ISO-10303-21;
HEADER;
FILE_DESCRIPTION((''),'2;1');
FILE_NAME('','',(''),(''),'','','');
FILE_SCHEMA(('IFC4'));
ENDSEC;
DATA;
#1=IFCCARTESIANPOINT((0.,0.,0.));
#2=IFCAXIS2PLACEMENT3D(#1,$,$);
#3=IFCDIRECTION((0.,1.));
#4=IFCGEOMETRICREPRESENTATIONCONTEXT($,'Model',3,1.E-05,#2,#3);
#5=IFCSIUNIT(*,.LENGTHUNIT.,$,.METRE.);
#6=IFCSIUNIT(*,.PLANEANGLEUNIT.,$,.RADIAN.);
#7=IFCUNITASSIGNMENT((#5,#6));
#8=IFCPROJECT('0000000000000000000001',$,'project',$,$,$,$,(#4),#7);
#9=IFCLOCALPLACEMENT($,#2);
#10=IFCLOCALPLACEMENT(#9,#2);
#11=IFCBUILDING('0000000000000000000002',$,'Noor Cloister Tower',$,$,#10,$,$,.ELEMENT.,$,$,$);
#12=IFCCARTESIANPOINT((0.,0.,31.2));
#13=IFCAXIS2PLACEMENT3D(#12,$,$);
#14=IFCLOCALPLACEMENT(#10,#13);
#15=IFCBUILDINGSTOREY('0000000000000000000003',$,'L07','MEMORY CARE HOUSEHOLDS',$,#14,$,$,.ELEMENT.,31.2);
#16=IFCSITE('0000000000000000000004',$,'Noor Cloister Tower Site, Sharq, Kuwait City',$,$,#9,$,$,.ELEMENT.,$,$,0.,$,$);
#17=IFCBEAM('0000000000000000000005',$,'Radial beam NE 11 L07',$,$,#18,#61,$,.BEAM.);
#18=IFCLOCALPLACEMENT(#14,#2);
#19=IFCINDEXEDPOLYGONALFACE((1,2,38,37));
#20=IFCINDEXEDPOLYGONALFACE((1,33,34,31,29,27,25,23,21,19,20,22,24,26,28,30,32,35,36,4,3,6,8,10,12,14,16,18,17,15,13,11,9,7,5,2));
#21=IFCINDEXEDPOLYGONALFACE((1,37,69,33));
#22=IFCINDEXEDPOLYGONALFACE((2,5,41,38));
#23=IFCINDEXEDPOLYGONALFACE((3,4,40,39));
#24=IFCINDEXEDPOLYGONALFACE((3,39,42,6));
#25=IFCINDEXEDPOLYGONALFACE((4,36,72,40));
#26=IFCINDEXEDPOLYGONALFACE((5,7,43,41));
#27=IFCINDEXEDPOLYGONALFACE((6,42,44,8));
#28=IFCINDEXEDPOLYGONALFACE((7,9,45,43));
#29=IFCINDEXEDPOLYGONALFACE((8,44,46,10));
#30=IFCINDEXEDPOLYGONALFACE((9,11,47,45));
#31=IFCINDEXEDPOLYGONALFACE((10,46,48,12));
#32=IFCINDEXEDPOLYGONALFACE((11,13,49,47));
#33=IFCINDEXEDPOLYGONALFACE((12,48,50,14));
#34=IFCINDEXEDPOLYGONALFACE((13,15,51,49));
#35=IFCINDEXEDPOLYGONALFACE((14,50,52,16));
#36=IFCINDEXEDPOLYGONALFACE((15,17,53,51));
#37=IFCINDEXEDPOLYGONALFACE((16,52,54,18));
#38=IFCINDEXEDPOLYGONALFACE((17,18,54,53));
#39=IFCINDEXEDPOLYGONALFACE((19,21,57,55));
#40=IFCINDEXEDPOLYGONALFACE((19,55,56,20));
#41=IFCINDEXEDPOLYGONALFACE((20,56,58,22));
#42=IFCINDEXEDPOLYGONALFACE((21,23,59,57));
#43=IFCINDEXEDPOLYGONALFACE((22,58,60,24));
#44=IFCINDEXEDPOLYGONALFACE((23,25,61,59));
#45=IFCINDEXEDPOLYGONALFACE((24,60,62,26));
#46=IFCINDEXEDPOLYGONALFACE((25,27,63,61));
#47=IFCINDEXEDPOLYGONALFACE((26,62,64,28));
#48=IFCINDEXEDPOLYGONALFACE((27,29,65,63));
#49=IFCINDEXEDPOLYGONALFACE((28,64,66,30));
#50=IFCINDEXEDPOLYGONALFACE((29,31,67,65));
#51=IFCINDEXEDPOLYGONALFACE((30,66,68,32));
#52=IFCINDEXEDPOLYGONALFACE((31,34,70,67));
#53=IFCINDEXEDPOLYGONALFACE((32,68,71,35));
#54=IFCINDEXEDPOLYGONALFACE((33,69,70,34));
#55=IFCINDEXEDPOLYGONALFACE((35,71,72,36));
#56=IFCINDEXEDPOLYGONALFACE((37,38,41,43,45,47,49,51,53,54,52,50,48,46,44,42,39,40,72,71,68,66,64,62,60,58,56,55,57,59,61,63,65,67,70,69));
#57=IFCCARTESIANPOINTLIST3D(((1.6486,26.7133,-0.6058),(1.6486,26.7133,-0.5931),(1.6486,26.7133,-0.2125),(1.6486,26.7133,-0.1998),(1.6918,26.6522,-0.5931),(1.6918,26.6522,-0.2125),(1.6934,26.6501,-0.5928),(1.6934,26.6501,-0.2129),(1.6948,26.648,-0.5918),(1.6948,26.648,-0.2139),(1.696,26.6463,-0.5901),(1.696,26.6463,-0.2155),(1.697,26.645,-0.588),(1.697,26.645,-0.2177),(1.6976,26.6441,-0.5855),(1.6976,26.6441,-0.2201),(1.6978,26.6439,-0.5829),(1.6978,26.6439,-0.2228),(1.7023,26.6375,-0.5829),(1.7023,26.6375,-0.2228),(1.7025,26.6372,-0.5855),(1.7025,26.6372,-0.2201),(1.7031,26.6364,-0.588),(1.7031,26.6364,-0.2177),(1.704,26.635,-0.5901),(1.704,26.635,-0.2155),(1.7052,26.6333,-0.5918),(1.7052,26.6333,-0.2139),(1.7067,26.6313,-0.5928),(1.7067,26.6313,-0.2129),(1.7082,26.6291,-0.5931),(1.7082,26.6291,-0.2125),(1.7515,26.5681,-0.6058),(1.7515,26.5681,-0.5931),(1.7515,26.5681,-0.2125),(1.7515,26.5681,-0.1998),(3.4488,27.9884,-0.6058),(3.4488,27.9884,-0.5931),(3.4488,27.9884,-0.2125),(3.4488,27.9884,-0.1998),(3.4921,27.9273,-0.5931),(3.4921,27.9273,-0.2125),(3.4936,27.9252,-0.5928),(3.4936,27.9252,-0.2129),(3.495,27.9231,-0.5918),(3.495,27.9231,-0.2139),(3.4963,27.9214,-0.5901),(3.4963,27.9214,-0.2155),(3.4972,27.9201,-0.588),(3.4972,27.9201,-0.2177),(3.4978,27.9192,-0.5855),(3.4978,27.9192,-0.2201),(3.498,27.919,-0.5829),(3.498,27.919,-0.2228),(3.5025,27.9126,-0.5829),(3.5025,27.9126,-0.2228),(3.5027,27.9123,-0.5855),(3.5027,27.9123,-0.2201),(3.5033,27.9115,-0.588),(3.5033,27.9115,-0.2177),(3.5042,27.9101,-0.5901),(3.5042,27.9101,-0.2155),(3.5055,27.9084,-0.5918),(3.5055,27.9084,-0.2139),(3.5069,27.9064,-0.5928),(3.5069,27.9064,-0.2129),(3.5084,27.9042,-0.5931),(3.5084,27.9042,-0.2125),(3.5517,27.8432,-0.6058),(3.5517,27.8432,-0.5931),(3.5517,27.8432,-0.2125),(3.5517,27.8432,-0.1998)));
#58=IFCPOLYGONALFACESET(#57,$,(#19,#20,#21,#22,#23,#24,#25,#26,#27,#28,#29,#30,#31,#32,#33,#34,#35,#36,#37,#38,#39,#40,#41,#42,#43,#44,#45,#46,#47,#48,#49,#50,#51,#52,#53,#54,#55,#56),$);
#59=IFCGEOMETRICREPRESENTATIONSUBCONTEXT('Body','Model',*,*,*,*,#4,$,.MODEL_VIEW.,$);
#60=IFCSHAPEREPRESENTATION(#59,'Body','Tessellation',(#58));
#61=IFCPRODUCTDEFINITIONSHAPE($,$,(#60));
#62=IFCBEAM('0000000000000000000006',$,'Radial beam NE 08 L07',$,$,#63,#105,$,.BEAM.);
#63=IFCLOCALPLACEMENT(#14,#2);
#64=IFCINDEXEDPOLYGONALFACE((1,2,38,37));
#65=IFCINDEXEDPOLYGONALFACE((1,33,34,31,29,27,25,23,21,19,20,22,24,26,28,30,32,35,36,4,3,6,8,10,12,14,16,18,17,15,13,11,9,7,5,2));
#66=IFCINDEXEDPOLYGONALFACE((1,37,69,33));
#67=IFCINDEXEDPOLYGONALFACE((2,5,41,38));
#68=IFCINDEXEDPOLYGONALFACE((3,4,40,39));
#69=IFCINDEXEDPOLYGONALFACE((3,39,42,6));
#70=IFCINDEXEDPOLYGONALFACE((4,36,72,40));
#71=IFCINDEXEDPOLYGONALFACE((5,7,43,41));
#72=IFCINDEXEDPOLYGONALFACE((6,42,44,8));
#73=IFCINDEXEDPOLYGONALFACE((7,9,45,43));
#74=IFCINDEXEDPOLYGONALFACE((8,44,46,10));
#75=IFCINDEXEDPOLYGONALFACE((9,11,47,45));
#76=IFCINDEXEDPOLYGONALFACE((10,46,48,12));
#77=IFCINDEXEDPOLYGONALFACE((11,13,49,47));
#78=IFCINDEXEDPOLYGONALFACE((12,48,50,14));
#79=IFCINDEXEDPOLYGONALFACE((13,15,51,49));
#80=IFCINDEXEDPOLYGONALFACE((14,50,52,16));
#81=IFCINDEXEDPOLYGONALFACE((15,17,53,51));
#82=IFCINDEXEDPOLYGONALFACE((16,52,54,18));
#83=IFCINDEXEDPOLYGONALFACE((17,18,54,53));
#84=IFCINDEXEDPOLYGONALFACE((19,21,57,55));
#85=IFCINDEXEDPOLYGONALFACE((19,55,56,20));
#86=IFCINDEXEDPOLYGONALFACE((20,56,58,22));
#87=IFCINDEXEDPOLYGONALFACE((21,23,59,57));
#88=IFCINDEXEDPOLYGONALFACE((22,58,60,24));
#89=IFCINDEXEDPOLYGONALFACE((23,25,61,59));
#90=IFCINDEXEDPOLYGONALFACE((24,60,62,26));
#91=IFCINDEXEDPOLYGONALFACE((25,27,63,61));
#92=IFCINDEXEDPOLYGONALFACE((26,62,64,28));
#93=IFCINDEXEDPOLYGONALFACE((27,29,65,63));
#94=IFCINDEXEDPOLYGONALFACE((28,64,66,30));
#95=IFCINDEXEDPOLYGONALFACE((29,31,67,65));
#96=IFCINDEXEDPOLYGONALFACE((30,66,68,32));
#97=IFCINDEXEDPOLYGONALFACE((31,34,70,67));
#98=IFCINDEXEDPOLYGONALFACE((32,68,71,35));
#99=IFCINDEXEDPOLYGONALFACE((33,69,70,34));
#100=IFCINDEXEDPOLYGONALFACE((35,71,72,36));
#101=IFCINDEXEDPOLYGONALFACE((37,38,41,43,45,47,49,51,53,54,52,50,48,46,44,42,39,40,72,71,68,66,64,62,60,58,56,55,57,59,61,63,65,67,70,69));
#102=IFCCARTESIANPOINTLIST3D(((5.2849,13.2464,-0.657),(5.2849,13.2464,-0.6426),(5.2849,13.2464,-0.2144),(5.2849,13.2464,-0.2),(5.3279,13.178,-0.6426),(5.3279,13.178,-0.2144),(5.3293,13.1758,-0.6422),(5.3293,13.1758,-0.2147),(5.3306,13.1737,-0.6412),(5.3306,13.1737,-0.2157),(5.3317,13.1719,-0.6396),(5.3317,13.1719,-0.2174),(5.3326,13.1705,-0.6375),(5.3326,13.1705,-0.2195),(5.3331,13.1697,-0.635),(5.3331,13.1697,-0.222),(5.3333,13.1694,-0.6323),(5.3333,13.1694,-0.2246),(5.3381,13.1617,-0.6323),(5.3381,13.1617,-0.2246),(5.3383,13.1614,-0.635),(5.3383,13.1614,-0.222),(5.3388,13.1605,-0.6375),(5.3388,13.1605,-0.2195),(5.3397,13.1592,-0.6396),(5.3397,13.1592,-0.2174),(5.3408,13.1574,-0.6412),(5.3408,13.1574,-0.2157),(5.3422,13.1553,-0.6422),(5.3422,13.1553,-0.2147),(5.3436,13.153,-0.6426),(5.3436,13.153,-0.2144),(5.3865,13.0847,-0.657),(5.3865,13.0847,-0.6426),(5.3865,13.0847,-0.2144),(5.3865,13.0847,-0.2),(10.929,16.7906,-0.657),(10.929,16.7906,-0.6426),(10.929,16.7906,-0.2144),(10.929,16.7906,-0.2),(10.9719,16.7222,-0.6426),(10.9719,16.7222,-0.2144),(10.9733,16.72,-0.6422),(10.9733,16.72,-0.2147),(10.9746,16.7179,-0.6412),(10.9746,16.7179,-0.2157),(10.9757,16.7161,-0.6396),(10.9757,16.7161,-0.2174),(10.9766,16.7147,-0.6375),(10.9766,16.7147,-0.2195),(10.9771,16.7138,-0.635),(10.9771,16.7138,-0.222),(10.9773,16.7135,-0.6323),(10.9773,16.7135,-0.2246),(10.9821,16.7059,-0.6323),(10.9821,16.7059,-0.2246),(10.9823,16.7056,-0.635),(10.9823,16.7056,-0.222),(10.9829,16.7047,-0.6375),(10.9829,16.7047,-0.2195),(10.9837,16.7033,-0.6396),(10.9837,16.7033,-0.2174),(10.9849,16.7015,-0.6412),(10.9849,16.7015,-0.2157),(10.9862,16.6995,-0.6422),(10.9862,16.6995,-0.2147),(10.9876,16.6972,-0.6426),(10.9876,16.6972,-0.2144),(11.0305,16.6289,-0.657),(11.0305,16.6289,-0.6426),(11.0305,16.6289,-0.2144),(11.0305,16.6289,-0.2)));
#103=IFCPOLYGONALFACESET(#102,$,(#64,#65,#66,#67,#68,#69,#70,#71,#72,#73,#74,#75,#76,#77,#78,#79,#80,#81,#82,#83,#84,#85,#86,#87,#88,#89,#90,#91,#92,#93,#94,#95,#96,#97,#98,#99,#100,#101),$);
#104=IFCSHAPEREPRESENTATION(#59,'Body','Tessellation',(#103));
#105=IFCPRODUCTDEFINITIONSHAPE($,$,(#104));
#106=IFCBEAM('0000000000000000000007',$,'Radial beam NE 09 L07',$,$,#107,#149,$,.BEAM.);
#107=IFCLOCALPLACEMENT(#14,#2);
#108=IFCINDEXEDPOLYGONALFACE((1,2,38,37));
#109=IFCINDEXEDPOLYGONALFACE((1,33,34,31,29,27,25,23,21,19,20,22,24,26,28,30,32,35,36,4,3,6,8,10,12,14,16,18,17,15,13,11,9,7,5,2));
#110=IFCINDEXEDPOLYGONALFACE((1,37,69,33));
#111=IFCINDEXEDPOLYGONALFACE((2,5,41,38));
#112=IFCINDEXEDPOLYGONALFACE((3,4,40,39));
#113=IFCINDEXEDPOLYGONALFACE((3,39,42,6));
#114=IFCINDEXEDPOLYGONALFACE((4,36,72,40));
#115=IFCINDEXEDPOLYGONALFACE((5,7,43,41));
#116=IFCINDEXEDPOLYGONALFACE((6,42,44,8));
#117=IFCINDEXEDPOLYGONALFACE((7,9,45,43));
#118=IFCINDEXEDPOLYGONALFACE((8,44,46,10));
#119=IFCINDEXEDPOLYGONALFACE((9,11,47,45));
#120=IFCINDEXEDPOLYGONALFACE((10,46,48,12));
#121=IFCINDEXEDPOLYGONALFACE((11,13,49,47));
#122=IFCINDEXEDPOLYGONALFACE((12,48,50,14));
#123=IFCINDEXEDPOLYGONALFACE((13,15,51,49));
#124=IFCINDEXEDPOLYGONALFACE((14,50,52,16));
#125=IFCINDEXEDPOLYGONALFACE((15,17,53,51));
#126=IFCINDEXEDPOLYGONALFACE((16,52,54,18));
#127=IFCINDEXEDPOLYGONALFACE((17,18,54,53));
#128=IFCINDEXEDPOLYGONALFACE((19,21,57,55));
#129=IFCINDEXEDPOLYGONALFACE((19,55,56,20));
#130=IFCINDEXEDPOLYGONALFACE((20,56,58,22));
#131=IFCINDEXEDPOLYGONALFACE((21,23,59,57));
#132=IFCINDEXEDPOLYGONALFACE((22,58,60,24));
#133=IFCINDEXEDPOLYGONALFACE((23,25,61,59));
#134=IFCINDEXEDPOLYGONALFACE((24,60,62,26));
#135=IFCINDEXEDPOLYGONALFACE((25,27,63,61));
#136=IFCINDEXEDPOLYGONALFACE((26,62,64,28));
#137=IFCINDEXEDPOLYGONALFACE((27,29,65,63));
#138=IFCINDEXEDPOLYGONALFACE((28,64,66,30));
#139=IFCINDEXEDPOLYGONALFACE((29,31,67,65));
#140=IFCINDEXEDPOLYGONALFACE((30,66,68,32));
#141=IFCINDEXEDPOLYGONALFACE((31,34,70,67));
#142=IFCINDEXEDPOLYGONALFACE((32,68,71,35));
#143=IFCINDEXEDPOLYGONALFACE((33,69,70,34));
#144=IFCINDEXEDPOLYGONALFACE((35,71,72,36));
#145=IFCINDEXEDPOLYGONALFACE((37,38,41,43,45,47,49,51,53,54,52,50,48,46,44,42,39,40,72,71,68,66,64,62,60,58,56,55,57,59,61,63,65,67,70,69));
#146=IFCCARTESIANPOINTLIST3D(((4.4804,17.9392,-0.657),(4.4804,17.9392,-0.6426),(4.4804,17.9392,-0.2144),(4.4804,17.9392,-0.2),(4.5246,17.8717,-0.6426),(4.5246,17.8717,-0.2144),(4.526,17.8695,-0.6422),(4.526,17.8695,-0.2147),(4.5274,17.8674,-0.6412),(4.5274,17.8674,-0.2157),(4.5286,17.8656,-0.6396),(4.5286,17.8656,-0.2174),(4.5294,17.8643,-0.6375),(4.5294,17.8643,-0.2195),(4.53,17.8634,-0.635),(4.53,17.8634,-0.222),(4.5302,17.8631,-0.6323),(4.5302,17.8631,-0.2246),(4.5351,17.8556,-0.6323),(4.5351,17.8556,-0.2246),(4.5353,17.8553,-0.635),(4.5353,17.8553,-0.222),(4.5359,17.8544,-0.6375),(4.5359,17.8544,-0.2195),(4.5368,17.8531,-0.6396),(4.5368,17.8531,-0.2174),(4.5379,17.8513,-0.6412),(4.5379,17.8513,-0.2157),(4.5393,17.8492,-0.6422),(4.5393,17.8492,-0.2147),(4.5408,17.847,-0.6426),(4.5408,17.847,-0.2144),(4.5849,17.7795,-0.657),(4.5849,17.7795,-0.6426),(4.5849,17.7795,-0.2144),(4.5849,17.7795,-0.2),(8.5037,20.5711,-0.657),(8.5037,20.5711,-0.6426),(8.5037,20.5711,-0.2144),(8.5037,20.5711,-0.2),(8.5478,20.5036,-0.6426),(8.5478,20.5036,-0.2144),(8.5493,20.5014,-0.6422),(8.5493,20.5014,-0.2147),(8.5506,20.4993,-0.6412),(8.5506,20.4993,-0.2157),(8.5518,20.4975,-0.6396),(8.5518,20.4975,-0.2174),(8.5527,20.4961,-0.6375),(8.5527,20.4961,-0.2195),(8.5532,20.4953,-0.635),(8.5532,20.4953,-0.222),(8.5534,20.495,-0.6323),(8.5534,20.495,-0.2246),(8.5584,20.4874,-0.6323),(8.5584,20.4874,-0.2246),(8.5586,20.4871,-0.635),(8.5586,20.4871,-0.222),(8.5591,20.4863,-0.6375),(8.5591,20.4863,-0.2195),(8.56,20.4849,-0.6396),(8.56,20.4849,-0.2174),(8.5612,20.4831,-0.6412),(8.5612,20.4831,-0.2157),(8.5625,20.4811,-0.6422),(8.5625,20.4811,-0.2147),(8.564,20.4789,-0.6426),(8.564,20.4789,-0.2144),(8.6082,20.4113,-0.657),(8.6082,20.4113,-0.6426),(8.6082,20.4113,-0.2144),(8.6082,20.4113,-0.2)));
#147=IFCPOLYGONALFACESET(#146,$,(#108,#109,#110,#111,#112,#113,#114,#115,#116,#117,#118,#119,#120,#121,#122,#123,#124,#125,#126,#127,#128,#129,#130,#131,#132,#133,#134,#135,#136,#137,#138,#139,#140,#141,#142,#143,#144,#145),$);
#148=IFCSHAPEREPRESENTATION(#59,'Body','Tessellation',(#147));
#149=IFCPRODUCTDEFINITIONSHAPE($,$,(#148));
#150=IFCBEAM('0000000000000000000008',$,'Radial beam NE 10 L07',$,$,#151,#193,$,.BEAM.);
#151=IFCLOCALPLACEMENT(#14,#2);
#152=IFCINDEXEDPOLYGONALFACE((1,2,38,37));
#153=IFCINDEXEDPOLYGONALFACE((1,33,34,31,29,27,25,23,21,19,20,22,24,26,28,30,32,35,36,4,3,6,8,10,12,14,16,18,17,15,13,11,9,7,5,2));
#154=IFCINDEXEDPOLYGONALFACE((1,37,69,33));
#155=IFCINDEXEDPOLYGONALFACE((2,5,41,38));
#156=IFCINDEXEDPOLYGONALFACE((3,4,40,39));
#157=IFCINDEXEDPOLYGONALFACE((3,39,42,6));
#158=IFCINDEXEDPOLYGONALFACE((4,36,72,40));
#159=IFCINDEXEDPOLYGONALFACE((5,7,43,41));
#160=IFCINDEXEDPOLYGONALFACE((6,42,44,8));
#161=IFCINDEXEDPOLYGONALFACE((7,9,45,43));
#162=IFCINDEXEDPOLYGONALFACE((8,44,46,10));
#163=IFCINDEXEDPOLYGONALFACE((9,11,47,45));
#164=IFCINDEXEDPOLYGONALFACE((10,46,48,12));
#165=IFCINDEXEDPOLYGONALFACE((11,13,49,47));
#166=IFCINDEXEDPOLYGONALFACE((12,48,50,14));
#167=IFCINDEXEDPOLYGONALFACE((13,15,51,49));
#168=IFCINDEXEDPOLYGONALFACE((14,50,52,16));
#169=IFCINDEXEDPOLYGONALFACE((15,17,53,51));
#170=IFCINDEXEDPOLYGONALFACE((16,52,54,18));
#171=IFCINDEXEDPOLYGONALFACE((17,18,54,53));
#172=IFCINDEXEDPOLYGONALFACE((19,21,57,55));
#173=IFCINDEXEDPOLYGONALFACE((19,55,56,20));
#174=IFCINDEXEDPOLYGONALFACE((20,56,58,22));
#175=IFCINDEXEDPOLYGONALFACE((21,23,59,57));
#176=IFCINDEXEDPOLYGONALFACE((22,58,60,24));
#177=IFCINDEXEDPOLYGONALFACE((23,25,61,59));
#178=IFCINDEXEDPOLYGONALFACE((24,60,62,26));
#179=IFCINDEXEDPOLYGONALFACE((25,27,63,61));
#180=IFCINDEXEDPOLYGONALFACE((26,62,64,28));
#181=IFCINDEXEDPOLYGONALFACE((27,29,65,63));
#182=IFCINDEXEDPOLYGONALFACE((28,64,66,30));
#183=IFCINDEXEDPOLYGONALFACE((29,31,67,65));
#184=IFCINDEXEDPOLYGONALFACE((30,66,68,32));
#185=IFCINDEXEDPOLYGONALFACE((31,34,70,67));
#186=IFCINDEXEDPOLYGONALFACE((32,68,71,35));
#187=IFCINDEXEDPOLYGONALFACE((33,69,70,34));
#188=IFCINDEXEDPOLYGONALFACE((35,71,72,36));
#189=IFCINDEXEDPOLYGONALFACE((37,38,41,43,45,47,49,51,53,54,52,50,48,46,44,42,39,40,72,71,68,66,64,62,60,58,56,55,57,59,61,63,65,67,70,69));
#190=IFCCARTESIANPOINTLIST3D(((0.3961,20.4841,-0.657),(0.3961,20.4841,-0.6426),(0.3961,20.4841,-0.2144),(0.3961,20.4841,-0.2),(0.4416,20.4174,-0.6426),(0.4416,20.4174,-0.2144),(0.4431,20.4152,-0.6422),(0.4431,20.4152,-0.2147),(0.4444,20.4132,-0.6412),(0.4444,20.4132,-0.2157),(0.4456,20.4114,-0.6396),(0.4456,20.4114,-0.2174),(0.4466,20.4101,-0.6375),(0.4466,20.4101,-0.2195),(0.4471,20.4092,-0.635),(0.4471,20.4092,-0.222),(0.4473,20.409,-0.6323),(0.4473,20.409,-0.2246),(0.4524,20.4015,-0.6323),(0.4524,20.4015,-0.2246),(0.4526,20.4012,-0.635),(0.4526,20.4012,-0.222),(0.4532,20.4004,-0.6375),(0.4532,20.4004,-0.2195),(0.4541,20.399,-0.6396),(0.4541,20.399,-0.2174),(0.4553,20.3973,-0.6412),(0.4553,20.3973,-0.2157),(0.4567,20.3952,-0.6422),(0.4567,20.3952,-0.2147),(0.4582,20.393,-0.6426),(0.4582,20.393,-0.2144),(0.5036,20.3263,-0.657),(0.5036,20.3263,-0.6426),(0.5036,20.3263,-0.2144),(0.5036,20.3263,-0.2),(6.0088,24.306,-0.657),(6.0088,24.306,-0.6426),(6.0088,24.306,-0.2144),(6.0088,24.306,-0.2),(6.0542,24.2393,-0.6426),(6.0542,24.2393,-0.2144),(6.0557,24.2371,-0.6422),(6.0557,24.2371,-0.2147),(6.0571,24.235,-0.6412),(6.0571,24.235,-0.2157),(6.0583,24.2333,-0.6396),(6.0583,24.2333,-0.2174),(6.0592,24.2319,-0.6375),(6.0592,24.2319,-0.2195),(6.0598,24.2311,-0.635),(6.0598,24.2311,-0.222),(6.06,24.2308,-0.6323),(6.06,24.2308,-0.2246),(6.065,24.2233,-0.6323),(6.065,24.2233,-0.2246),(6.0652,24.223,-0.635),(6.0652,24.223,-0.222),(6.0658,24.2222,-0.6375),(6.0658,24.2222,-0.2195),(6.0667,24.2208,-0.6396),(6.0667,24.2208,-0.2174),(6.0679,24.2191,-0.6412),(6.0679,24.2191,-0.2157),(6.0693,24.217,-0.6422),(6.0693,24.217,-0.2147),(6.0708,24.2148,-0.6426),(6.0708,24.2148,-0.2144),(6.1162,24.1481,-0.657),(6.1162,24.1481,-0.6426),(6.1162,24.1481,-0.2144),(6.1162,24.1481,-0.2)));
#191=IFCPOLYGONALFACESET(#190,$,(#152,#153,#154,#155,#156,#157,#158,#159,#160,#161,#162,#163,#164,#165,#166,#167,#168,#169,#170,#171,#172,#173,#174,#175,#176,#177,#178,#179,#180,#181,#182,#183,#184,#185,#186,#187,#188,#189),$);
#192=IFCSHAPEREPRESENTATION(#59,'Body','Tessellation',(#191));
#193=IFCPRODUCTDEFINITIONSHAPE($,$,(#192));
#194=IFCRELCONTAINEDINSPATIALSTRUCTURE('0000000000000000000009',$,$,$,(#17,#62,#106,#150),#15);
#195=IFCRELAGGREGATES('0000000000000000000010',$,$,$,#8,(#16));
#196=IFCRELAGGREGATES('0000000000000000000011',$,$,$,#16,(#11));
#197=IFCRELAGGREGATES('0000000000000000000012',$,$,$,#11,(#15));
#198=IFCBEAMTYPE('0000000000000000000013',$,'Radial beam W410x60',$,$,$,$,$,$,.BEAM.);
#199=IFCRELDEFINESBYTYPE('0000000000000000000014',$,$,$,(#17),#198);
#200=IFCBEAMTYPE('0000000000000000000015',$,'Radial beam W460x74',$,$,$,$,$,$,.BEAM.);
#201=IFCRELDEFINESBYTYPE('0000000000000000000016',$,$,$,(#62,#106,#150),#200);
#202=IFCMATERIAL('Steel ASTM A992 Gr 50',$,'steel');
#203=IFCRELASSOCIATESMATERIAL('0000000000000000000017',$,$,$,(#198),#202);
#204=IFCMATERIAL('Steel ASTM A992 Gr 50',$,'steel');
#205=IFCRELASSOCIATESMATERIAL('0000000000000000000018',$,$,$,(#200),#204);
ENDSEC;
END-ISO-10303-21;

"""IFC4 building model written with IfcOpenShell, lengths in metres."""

from ifc_helpers import new_model, si_unit, direction, frame, origin, origin_2d, place, context, subcontext, project, spatial, i_section, extrude, material, material_profile, profile_set, type_object, element, save


model = new_model("IFC4")

# Units and contexts
model_context = context("Model", 3, precision=1e-05, world=origin(), true_north=direction((0.0, 1.0)))
body_context = subcontext(model_context, "Body", "Model", "MODEL_VIEW")
ifc_project = project(units=[si_unit("LENGTHUNIT", "METRE"), si_unit("PLANEANGLEUNIT", "RADIAN")], contexts=[model_context])

# Site, building, storey
site_placement = place(None, origin())
site = spatial("IfcSite", under=ifc_project, at=site_placement, Name="Noor Cloister Tower Site, Sharq, Kuwait City", CompositionType="ELEMENT", RefElevation=0.0)
building_placement = place(site_placement, origin())
building = spatial("IfcBuilding", under=site, at=building_placement, Name="Noor Cloister Tower", CompositionType="ELEMENT")
storey_placement = place(building_placement, frame((0.0, 0.0, 31.2)))
storey = spatial("IfcBuildingStorey", under=building, at=storey_placement, Name="L07", Description="MEMORY CARE HOUSEHOLDS", CompositionType="ELEMENT", Elevation=31.2)

# Beams
ifc_material_1 = material(Name="Steel ASTM A992 Gr 50", Category="steel")
ifc_material_profile_1 = material_profile(ifc_material_1, i_section(OverallWidth=0.178, OverallDepth=0.406, WebThickness=0.0078, FlangeThickness=0.0127, FilletRadius=0.0103, at=origin_2d()), Name="W410x60")
ifc_profile_set_1 = profile_set([ifc_material_profile_1], Name="Steel ASTM A992 Gr 50")
beam_type_1 = type_object("IfcBeamType", Name="Radial beam W410x60", PredefinedType="BEAM", material=ifc_profile_set_1)
beam_1_placement = place(storey_placement, frame((3.5002, 27.9158, -0.4028), z_axis=(-0.816038, -0.577999, 0.0), x_axis=(0.577999, -0.816038, 0.0)))
element("IfcBeam", 1, at=beam_1_placement, inside=storey, type_object=beam_type_1, Name="Radial beam NE 11 L07", PredefinedType="BEAM", context=body_context, shape_type="SweptSolid", body=[
    extrude(i_section(OverallWidth=0.178, OverallDepth=0.406, WebThickness=0.0078, FlangeThickness=0.0127, FilletRadius=0.0103, at=origin_2d()), origin(), (0.0, 0.0, 1.0), 2.2061),
])
ifc_material_2 = material(Name="Steel ASTM A992 Gr 50", Category="steel")
ifc_material_profile_2 = material_profile(ifc_material_2, i_section(OverallWidth=0.1909, OverallDepth=0.457, WebThickness=0.009, FlangeThickness=0.0144, FilletRadius=0.0103, at=origin_2d()), Name="W460x74")
ifc_profile_set_2 = profile_set([ifc_material_profile_2], Name="Steel ASTM A992 Gr 50")
beam_type_2 = type_object("IfcBeamType", Name="Radial beam W460x74", PredefinedType="BEAM", material=ifc_profile_set_2)
beam_2_placement = place(storey_placement, frame((10.9797, 16.7097, -0.4285), z_axis=(-0.846873, -0.531796, 0.0), x_axis=(0.531796, -0.846873, 0.0)))
element("IfcBeam", 2, at=beam_2_placement, inside=storey, type_object=beam_type_2, Name="Radial beam NE 08 L07", PredefinedType="BEAM", context=body_context, shape_type="SweptSolid", body=[
    extrude(i_section(OverallWidth=0.1909, OverallDepth=0.457, WebThickness=0.009, FlangeThickness=0.0144, FilletRadius=0.0103, at=origin_2d()), origin(), (0.0, 0.0, 1.0), 6.6646),
])
beam_3_placement = place(storey_placement, frame((8.5559, 20.4912, -0.4285), z_axis=(-0.836847, -0.547437, 0.0), x_axis=(0.547437, -0.836847, 0.0)))
element("IfcBeam", 3, at=beam_3_placement, inside=storey, type_object=beam_type_2, Name="Radial beam NE 09 L07", PredefinedType="BEAM", context=body_context, shape_type="SweptSolid", body=[
    extrude(i_section(OverallWidth=0.1909, OverallDepth=0.457, WebThickness=0.009, FlangeThickness=0.0144, FilletRadius=0.0103, at=origin_2d()), origin(), (0.0, 0.0, 1.0), 4.8076),
])
beam_4_placement = place(storey_placement, frame((6.0625, 24.2271, -0.4285), z_axis=(-0.826567, -0.562838, 0.0), x_axis=(0.562838, -0.826567, 0.0)))
element("IfcBeam", 4, at=beam_4_placement, inside=storey, type_object=beam_type_2, Name="Radial beam NE 10 L07", PredefinedType="BEAM", context=body_context, shape_type="SweptSolid", body=[
    extrude(i_section(OverallWidth=0.1909, OverallDepth=0.457, WebThickness=0.009, FlangeThickness=0.0144, FilletRadius=0.0103, at=origin_2d()), origin(), (0.0, 0.0, 1.0), 6.7903),
])

save(model, "model.ifc")
